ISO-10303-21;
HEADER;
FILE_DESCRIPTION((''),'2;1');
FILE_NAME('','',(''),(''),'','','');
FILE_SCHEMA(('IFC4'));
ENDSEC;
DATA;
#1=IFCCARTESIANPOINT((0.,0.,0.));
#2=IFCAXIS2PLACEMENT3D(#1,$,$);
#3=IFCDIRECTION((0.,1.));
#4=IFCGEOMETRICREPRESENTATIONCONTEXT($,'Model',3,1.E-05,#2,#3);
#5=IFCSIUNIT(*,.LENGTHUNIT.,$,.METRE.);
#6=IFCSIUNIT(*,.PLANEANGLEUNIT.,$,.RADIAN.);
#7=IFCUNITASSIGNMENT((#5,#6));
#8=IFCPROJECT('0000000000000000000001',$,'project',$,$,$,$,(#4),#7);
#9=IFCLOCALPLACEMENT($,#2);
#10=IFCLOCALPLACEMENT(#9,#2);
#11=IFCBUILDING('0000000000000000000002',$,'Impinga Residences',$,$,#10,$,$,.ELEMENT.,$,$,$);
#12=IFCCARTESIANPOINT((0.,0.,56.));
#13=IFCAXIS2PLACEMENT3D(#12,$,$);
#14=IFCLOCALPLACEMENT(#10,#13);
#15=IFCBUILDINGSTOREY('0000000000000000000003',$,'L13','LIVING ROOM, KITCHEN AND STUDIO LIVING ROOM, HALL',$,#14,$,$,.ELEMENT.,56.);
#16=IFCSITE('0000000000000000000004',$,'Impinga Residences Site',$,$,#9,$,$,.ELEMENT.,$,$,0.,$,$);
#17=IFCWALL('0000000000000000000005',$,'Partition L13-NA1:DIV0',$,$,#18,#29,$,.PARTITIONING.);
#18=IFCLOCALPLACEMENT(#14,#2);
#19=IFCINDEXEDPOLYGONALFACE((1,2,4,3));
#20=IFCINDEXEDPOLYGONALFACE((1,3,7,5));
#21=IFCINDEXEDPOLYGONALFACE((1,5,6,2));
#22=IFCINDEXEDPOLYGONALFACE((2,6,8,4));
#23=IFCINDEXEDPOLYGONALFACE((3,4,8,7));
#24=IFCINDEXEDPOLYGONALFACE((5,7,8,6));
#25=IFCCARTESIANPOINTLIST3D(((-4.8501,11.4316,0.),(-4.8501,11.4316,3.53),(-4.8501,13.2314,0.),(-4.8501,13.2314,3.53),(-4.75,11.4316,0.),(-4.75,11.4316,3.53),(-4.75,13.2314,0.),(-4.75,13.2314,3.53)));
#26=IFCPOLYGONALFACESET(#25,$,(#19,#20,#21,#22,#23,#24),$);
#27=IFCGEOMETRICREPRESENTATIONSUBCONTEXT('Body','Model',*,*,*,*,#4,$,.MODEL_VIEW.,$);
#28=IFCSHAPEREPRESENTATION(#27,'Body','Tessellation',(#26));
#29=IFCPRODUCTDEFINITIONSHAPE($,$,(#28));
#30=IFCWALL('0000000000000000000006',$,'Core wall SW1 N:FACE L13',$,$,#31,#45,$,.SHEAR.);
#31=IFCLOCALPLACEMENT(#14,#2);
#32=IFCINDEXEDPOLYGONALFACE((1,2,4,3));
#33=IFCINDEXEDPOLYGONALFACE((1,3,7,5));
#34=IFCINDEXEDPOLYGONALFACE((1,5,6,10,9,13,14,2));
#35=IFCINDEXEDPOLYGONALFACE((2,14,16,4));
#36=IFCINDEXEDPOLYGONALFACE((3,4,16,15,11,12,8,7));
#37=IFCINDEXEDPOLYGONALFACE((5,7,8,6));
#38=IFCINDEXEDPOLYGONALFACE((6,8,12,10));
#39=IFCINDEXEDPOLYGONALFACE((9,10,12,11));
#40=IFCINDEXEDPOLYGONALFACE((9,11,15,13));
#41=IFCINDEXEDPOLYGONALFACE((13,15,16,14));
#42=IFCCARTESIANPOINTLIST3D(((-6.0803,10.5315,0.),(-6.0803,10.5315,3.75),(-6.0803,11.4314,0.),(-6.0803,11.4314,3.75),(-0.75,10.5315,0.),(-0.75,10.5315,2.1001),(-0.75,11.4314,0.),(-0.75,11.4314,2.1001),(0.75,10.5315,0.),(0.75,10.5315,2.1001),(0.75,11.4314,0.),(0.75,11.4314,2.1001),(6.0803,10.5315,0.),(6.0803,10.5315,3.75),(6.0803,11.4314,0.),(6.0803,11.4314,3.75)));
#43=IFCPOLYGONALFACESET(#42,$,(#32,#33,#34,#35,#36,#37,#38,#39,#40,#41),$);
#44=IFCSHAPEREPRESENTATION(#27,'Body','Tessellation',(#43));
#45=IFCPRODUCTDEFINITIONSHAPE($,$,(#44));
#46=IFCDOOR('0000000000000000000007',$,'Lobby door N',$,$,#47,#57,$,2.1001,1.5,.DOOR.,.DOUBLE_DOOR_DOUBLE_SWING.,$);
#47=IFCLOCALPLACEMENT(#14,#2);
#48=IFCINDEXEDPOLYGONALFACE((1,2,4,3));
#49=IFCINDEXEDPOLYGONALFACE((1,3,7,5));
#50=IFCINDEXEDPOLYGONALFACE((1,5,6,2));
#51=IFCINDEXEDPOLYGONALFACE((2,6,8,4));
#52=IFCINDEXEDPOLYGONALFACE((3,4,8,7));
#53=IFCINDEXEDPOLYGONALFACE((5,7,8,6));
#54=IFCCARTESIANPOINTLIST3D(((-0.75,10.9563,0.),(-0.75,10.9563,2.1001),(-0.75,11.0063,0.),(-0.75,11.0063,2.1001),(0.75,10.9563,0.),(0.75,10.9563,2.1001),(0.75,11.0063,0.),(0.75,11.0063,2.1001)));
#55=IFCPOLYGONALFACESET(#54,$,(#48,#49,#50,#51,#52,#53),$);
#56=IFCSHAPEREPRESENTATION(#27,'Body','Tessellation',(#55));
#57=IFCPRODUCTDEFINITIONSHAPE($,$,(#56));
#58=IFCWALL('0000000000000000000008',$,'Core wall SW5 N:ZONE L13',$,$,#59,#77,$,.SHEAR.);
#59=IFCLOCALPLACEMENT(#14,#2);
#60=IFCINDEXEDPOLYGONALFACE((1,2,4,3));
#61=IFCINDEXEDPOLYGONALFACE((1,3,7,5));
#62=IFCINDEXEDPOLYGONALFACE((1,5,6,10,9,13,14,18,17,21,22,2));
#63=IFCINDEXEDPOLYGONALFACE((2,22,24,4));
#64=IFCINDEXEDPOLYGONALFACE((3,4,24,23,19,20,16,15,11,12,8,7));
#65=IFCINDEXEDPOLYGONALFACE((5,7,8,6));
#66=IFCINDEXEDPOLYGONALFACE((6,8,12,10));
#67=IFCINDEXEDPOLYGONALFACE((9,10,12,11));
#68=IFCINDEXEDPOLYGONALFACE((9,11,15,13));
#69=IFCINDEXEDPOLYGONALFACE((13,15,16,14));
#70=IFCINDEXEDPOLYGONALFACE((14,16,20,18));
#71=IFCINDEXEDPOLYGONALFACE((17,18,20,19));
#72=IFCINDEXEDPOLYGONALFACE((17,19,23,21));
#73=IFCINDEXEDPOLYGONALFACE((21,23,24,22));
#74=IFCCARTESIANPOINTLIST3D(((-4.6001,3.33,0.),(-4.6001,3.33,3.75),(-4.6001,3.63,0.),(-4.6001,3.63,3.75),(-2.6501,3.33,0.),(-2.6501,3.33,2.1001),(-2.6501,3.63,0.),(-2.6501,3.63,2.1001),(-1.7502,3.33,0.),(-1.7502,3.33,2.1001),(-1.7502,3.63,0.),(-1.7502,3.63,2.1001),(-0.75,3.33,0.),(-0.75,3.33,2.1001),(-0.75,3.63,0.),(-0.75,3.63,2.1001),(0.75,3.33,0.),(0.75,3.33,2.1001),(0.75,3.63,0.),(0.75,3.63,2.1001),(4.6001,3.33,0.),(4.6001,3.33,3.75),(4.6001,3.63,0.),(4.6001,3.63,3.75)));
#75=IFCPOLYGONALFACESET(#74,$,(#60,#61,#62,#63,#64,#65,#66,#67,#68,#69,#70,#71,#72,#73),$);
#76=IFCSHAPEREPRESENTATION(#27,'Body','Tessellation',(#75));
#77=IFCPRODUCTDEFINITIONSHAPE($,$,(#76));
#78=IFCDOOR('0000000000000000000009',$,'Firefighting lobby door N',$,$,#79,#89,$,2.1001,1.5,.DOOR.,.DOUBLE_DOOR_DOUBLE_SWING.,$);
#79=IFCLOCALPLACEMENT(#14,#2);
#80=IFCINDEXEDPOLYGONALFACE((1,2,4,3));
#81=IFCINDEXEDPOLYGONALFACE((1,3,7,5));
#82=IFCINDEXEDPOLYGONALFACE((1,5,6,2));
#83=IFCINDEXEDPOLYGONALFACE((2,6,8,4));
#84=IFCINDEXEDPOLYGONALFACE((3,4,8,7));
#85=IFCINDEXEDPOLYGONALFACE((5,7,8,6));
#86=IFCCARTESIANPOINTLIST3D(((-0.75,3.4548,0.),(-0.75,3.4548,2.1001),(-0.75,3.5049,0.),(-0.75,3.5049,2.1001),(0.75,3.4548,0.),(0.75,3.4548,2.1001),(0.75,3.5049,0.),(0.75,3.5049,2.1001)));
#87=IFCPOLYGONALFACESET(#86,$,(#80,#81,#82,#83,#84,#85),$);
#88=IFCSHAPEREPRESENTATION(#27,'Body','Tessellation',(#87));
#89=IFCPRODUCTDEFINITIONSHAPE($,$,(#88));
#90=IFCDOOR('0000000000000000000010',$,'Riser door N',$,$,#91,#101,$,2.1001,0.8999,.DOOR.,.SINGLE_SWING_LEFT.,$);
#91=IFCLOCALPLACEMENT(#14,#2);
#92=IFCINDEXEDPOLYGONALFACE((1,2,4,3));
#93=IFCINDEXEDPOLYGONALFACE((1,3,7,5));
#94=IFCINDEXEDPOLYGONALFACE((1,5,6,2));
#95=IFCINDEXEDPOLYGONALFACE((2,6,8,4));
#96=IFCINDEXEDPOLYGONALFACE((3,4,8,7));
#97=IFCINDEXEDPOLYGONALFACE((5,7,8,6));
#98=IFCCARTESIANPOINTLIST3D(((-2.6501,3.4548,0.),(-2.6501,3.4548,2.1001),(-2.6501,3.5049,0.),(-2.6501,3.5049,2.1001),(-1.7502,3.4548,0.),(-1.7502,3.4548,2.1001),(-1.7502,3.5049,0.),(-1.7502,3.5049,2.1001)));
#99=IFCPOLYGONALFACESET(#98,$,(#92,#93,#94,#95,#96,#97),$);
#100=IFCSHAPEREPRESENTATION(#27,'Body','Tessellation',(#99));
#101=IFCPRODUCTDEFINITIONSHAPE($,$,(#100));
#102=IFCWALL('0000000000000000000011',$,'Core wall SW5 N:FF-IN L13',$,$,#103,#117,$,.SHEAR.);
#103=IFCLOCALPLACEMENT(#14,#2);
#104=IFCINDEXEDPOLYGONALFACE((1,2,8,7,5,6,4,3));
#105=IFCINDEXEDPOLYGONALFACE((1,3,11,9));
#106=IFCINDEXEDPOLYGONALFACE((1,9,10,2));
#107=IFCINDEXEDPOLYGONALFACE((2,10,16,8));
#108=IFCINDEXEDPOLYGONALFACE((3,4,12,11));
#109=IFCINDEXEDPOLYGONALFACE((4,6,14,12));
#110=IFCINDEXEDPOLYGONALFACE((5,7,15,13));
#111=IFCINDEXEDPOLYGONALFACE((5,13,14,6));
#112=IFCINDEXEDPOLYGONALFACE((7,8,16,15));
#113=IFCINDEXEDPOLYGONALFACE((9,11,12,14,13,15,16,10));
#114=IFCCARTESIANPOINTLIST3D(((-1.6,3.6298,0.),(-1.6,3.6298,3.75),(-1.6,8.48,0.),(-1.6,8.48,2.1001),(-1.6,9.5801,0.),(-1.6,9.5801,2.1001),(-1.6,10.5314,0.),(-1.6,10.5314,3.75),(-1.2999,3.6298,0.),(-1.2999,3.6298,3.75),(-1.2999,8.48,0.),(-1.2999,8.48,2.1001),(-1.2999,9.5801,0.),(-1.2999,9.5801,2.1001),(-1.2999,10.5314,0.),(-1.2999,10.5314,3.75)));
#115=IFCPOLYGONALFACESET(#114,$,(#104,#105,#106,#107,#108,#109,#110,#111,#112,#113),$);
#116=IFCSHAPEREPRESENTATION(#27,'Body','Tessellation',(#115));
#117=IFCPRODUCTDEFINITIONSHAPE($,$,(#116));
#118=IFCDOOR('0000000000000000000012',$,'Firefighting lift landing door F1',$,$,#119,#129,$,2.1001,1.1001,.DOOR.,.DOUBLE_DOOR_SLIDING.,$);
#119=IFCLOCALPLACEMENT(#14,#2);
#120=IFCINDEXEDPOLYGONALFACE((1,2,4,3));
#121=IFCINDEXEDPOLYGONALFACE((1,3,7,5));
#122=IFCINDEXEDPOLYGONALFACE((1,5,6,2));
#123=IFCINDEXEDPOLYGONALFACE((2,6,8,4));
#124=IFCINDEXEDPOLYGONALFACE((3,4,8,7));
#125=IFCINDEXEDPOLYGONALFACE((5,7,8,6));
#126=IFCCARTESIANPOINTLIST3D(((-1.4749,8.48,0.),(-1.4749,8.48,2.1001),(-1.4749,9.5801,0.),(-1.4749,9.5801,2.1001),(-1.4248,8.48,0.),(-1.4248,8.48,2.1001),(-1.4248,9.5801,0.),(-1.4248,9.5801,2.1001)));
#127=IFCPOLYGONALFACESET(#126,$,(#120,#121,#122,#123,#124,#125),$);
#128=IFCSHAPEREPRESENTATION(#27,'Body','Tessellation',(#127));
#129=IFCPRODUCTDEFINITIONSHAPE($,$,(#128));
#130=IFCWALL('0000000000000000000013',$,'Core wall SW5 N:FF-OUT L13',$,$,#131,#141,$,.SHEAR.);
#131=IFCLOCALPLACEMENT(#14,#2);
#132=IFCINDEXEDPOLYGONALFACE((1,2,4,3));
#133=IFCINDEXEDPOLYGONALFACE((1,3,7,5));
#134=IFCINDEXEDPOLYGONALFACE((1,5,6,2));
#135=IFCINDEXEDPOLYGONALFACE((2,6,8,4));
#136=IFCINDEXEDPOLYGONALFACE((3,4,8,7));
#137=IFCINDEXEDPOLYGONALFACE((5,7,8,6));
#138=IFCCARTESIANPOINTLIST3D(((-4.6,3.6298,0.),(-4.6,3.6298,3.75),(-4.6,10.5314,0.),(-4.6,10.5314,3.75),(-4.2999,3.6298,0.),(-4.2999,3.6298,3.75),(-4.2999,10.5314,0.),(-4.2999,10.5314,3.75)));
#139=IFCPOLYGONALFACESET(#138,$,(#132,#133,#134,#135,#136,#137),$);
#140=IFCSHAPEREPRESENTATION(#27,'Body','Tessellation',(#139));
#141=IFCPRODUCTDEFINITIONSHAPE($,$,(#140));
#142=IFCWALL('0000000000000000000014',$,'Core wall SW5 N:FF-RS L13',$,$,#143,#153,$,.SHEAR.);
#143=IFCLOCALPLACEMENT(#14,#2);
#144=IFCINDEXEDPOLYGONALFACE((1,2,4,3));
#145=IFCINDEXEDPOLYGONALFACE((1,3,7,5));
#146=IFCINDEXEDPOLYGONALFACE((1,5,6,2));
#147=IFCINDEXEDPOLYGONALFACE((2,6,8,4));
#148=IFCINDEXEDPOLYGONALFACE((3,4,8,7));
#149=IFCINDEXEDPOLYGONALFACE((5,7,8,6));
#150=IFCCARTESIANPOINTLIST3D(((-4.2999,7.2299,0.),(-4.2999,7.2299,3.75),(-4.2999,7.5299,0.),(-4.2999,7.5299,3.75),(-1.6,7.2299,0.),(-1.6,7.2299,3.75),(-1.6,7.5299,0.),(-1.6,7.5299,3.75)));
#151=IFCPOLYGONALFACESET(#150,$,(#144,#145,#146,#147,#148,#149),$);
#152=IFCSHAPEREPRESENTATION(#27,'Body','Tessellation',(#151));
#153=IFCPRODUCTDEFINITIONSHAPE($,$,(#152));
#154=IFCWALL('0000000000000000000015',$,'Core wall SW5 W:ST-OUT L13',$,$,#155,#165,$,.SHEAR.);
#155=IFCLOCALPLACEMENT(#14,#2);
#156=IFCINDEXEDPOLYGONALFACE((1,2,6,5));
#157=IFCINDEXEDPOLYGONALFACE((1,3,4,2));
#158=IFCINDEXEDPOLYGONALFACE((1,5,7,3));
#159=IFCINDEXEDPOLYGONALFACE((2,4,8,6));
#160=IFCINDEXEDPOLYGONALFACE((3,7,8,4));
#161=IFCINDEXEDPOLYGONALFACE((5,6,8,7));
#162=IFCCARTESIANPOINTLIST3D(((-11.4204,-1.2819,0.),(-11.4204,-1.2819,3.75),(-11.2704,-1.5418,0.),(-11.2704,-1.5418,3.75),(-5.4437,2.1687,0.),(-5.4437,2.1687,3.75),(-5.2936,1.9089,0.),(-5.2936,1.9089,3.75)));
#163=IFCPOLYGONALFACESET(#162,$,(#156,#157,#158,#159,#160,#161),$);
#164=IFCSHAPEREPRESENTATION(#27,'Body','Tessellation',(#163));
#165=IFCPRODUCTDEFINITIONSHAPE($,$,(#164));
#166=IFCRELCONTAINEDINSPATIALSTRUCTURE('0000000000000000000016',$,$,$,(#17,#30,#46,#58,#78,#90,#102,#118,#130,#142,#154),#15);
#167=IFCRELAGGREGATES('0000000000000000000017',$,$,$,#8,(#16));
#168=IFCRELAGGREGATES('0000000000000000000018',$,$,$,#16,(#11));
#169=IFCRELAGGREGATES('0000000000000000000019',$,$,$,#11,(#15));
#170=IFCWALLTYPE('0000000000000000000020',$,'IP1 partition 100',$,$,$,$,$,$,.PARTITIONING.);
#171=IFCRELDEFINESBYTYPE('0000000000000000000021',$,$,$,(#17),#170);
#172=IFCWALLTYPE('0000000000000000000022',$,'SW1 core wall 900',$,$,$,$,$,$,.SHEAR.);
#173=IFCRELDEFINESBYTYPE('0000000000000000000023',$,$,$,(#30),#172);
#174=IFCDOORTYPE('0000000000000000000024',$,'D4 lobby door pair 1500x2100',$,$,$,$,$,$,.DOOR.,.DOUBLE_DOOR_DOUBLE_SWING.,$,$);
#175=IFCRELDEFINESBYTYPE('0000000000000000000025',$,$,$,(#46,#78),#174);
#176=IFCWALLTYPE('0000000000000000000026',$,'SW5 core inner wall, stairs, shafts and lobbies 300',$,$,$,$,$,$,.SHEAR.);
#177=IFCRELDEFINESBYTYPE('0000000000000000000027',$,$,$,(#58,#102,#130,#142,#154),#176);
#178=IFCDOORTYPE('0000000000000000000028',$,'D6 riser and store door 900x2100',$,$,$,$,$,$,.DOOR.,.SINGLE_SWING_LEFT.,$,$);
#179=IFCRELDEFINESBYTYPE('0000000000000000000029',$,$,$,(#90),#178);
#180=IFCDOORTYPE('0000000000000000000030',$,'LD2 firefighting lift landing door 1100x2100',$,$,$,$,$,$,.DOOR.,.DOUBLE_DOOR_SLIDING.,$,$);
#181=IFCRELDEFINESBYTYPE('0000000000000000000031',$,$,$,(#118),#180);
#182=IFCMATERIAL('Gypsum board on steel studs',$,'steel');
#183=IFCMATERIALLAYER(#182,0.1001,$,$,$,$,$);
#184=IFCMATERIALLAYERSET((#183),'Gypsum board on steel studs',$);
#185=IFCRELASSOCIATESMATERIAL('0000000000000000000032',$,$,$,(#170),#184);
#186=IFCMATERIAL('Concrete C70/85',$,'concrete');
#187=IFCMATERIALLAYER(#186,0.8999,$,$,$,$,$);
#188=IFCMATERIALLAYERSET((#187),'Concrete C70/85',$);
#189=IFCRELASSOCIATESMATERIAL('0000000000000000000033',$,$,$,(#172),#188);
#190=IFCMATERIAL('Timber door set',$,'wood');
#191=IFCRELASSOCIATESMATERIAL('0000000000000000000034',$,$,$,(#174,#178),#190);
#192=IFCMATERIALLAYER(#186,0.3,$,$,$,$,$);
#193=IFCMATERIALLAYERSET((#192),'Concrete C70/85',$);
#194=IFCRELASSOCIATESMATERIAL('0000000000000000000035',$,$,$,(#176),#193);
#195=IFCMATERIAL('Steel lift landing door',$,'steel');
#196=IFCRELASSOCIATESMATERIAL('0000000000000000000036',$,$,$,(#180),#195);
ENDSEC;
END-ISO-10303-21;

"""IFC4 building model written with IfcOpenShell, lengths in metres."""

from ifc_helpers import new_model, si_unit, direction, frame, frame_2d, origin, place, context, subcontext, project, spatial, rectangle, extrude, material, layer, layer_set, type_object, element, fill, save


model = new_model("IFC4")

# Units and contexts
model_context = context("Model", 3, precision=1e-05, world=origin(), true_north=direction((0.0, 1.0)))
body_context = subcontext(model_context, "Body", "Model", "MODEL_VIEW")
ifc_project = project(units=[si_unit("LENGTHUNIT", "METRE"), si_unit("PLANEANGLEUNIT", "RADIAN")], contexts=[model_context])

# Site, building, storey
site_placement = place(None, origin())
site = spatial("IfcSite", under=ifc_project, at=site_placement, Name="Impinga Residences Site", CompositionType="ELEMENT", RefElevation=0.0)
building_placement = place(site_placement, origin())
building = spatial("IfcBuilding", under=site, at=building_placement, Name="Impinga Residences", CompositionType="ELEMENT")
storey_placement = place(building_placement, frame((0.0, 0.0, 56.0)))
storey = spatial("IfcBuildingStorey", under=building, at=storey_placement, Name="L13", Description="LIVING ROOM, KITCHEN AND STUDIO LIVING ROOM, HALL", CompositionType="ELEMENT", Elevation=56.0)

# Shared definitions
ifc_material_1 = material(Name="Concrete C70/85", Category="concrete")
ifc_material_2 = material(Name="Timber door set", Category="wood")

# Wall
ifc_material_3 = material(Name="Gypsum board on steel studs", Category="steel")
ifc_layer_1 = layer(ifc_material_3, 0.1001)
ifc_layer_set_1 = layer_set([ifc_layer_1], Name="Gypsum board on steel studs")
wall_type_1 = type_object("IfcWallType", Name="IP1 partition 100", PredefinedType="PARTITIONING", material=ifc_layer_set_1)
wall_1_placement = place(storey_placement, frame((-4.8, 11.4316, 0.0), z_axis=(0.0, 0.0, 1.0), x_axis=(0.0, 1.0, 0.0)))
element("IfcWall", 1, at=wall_1_placement, inside=storey, type_object=wall_type_1, Name="Partition L13-NA1:DIV0", PredefinedType="PARTITIONING", context=body_context, shape_type="SweptSolid", body=[
    extrude(rectangle(XDim=1.7998, YDim=0.1001, at=frame_2d((0.8999, 0.0))), origin(), (0.0, 0.0, 1.0), 3.53),
])

# Wall, opening, door
ifc_layer_2 = layer(ifc_material_1, 0.8999)
ifc_layer_set_2 = layer_set([ifc_layer_2], Name="Concrete C70/85")
wall_type_2 = type_object("IfcWallType", Name="SW1 core wall 900", PredefinedType="SHEAR", material=ifc_layer_set_2)
wall_2_placement = place(storey_placement, frame((-6.0803, 10.9814, 0.0), z_axis=(0.0, 0.0, 1.0), x_axis=(1.0, 0.0, 0.0)))
wall_2 = element("IfcWall", 2, at=wall_2_placement, inside=storey, type_object=wall_type_2, Name="Core wall SW1 N:FACE L13", PredefinedType="SHEAR", context=body_context, shape_type="SweptSolid", body=[
    extrude(rectangle(XDim=12.1606, YDim=0.8999, at=frame_2d((6.0803, 0.0))), origin(), (0.0, 0.0, 1.0), 3.75),
])
opening_1_placement = place(wall_2_placement, frame((5.3303, 0.0, 0.0)))
opening_1 = element("IfcOpeningElement", 3, at=opening_1_placement, cuts=wall_2, PredefinedType="OPENING", context=body_context, shape_type="SweptSolid", body=[
    extrude(rectangle(XDim=1.5, YDim=2.1001, at=frame_2d((0.75, 1.05))), frame((0.0, 0.46, 0.0), z_axis=(0.0, -1.0, 0.0), x_axis=(1.0, 0.0, 0.0)), (0.0, 0.0, 1.0), 0.9199),
])
door_type_1 = type_object("IfcDoorType", Name="D4 lobby door pair 1500x2100", OperationType="DOUBLE_DOOR_DOUBLE_SWING", PredefinedType="DOOR", material=ifc_material_2)
door_1_placement = place(opening_1_placement, origin())
door_1 = element("IfcDoor", 4, at=door_1_placement, inside=storey, type_object=door_type_1, Name="Lobby door N", OperationType="DOUBLE_DOOR_DOUBLE_SWING", OverallHeight=2.1001, OverallWidth=1.5, PredefinedType="DOOR", context=body_context, shape_type="SweptSolid", body=[
    extrude(rectangle(XDim=1.5, YDim=2.1001, at=frame_2d((0.75, 1.05))), frame((0.0, 0.0249, 0.0), z_axis=(0.0, -1.0, 0.0), x_axis=(1.0, 0.0, 0.0)), (0.0, 0.0, 1.0), 0.05),
])
fill(opening_1, door_1)

# Wall, openings, doors
ifc_layer_3 = layer(ifc_material_1, 0.3)
ifc_layer_set_3 = layer_set([ifc_layer_3], Name="Concrete C70/85")
wall_type_3 = type_object("IfcWallType", Name="SW5 core inner wall, stairs, shafts and lobbies 300", PredefinedType="SHEAR", material=ifc_layer_set_3)
wall_3_placement = place(storey_placement, frame((-4.6001, 3.48, 0.0), z_axis=(0.0, 0.0, 1.0), x_axis=(1.0, 0.0, 0.0)))
wall_3 = element("IfcWall", 5, at=wall_3_placement, inside=storey, type_object=wall_type_3, Name="Core wall SW5 N:ZONE L13", PredefinedType="SHEAR", context=body_context, shape_type="SweptSolid", body=[
    extrude(rectangle(XDim=9.2002, YDim=0.3, at=frame_2d((4.6001, 0.0))), origin(), (0.0, 0.0, 1.0), 3.75),
])
opening_2_placement = place(wall_3_placement, frame((3.8501, 0.0, 0.0)))
opening_2 = element("IfcOpeningElement", 6, at=opening_2_placement, cuts=wall_3, PredefinedType="OPENING", context=body_context, shape_type="SweptSolid", body=[
    extrude(rectangle(XDim=1.5, YDim=2.1001, at=frame_2d((0.75, 1.05))), frame((0.0, 0.1599, 0.0), z_axis=(0.0, -1.0, 0.0), x_axis=(1.0, 0.0, 0.0)), (0.0, 0.0, 1.0), 0.3201),
])
opening_3_placement = place(wall_3_placement, frame((1.95, 0.0, 0.0)))
opening_3 = element("IfcOpeningElement", 7, at=opening_3_placement, cuts=wall_3, PredefinedType="OPENING", context=body_context, shape_type="SweptSolid", body=[
    extrude(rectangle(XDim=0.8999, YDim=2.1001, at=frame_2d((0.45, 1.05))), frame((0.0, 0.1599, 0.0), z_axis=(0.0, -1.0, 0.0), x_axis=(1.0, 0.0, 0.0)), (0.0, 0.0, 1.0), 0.3201),
])
door_2_placement = place(opening_2_placement, origin())
door_2 = element("IfcDoor", 8, at=door_2_placement, inside=storey, type_object=door_type_1, Name="Firefighting lobby door N", OperationType="DOUBLE_DOOR_DOUBLE_SWING", OverallHeight=2.1001, OverallWidth=1.5, PredefinedType="DOOR", context=body_context, shape_type="SweptSolid", body=[
    extrude(rectangle(XDim=1.5, YDim=2.1001, at=frame_2d((0.75, 1.05))), frame((0.0, 0.0249, 0.0), z_axis=(0.0, -1.0, 0.0), x_axis=(1.0, 0.0, 0.0)), (0.0, 0.0, 1.0), 0.05),
])
fill(opening_2, door_2)
door_type_2 = type_object("IfcDoorType", Name="D6 riser and store door 900x2100", OperationType="SINGLE_SWING_LEFT", PredefinedType="DOOR", material=ifc_material_2)
door_3_placement = place(opening_3_placement, origin())
door_3 = element("IfcDoor", 9, at=door_3_placement, inside=storey, type_object=door_type_2, Name="Riser door N", OperationType="SINGLE_SWING_LEFT", OverallHeight=2.1001, OverallWidth=0.8999, PredefinedType="DOOR", context=body_context, shape_type="SweptSolid", body=[
    extrude(rectangle(XDim=0.8999, YDim=2.1001, at=frame_2d((0.45, 1.05))), frame((0.0, 0.0249, 0.0), z_axis=(0.0, -1.0, 0.0), x_axis=(1.0, 0.0, 0.0)), (0.0, 0.0, 1.0), 0.05),
])
fill(opening_3, door_3)

# Wall, opening, door
wall_4_placement = place(storey_placement, frame((-1.45, 3.6299, 0.0), z_axis=(0.0, 0.0, 1.0), x_axis=(0.0, 1.0, 0.0)))
wall_4 = element("IfcWall", 10, at=wall_4_placement, inside=storey, type_object=wall_type_3, Name="Core wall SW5 N:FF-IN L13", PredefinedType="SHEAR", context=body_context, shape_type="SweptSolid", body=[
    extrude(rectangle(XDim=6.9016, YDim=0.3, at=frame_2d((3.4507, 0.0))), origin(), (0.0, 0.0, 1.0), 3.75),
])
opening_4_placement = place(wall_4_placement, frame((4.8501, 0.0, 0.0)))
opening_4 = element("IfcOpeningElement", 11, at=opening_4_placement, cuts=wall_4, PredefinedType="OPENING", context=body_context, shape_type="SweptSolid", body=[
    extrude(rectangle(XDim=1.1001, YDim=2.1001, at=frame_2d((0.55, 1.05))), frame((0.0, 0.1599, 0.0), z_axis=(0.0, -1.0, 0.0), x_axis=(1.0, 0.0, 0.0)), (0.0, 0.0, 1.0), 0.3201),
])
ifc_material_4 = material(Name="Steel lift landing door", Category="steel")
door_type_3 = type_object("IfcDoorType", Name="LD2 firefighting lift landing door 1100x2100", OperationType="DOUBLE_DOOR_SLIDING", PredefinedType="DOOR", material=ifc_material_4)
door_4_placement = place(opening_4_placement, origin())
door_4 = element("IfcDoor", 12, at=door_4_placement, inside=storey, type_object=door_type_3, Name="Firefighting lift landing door F1", OperationType="DOUBLE_DOOR_SLIDING", OverallHeight=2.1001, OverallWidth=1.1001, PredefinedType="DOOR", context=body_context, shape_type="SweptSolid", body=[
    extrude(rectangle(XDim=1.1001, YDim=2.1001, at=frame_2d((0.55, 1.05))), frame((0.0, 0.0249, 0.0), z_axis=(0.0, -1.0, 0.0), x_axis=(1.0, 0.0, 0.0)), (0.0, 0.0, 1.0), 0.05),
])
fill(opening_4, door_4)

# Walls
wall_5_placement = place(storey_placement, frame((-4.45, 3.6299, 0.0), z_axis=(0.0, 0.0, 1.0), x_axis=(0.0, 1.0, 0.0)))
element("IfcWall", 13, at=wall_5_placement, inside=storey, type_object=wall_type_3, Name="Core wall SW5 N:FF-OUT L13", PredefinedType="SHEAR", context=body_context, shape_type="SweptSolid", body=[
    extrude(rectangle(XDim=6.9016, YDim=0.3, at=frame_2d((3.4507, 0.0))), origin(), (0.0, 0.0, 1.0), 3.75),
])
wall_6_placement = place(storey_placement, frame((-4.3, 7.3799, 0.0), z_axis=(0.0, 0.0, 1.0), x_axis=(1.0, 0.0, 0.0)))
element("IfcWall", 14, at=wall_6_placement, inside=storey, type_object=wall_type_3, Name="Core wall SW5 N:FF-RS L13", PredefinedType="SHEAR", context=body_context, shape_type="SweptSolid", body=[
    extrude(rectangle(XDim=2.7, YDim=0.3, at=frame_2d((1.3501, 0.0))), origin(), (0.0, 0.0, 1.0), 3.75),
])
wall_7_placement = place(storey_placement, frame((-5.3687, 2.0388, 0.0), z_axis=(0.0, 0.0, 1.0), x_axis=(-0.866027, -0.499997, 0.0)))
element("IfcWall", 15, at=wall_7_placement, inside=storey, type_object=wall_type_3, Name="Core wall SW5 W:ST-OUT L13", PredefinedType="SHEAR", context=body_context, shape_type="SweptSolid", body=[
    extrude(rectangle(XDim=6.9014, YDim=0.3, at=frame_2d((3.4507, 0.0))), origin(), (0.0, 0.0, 1.0), 3.75),
])

save(model, "model.ifc")
